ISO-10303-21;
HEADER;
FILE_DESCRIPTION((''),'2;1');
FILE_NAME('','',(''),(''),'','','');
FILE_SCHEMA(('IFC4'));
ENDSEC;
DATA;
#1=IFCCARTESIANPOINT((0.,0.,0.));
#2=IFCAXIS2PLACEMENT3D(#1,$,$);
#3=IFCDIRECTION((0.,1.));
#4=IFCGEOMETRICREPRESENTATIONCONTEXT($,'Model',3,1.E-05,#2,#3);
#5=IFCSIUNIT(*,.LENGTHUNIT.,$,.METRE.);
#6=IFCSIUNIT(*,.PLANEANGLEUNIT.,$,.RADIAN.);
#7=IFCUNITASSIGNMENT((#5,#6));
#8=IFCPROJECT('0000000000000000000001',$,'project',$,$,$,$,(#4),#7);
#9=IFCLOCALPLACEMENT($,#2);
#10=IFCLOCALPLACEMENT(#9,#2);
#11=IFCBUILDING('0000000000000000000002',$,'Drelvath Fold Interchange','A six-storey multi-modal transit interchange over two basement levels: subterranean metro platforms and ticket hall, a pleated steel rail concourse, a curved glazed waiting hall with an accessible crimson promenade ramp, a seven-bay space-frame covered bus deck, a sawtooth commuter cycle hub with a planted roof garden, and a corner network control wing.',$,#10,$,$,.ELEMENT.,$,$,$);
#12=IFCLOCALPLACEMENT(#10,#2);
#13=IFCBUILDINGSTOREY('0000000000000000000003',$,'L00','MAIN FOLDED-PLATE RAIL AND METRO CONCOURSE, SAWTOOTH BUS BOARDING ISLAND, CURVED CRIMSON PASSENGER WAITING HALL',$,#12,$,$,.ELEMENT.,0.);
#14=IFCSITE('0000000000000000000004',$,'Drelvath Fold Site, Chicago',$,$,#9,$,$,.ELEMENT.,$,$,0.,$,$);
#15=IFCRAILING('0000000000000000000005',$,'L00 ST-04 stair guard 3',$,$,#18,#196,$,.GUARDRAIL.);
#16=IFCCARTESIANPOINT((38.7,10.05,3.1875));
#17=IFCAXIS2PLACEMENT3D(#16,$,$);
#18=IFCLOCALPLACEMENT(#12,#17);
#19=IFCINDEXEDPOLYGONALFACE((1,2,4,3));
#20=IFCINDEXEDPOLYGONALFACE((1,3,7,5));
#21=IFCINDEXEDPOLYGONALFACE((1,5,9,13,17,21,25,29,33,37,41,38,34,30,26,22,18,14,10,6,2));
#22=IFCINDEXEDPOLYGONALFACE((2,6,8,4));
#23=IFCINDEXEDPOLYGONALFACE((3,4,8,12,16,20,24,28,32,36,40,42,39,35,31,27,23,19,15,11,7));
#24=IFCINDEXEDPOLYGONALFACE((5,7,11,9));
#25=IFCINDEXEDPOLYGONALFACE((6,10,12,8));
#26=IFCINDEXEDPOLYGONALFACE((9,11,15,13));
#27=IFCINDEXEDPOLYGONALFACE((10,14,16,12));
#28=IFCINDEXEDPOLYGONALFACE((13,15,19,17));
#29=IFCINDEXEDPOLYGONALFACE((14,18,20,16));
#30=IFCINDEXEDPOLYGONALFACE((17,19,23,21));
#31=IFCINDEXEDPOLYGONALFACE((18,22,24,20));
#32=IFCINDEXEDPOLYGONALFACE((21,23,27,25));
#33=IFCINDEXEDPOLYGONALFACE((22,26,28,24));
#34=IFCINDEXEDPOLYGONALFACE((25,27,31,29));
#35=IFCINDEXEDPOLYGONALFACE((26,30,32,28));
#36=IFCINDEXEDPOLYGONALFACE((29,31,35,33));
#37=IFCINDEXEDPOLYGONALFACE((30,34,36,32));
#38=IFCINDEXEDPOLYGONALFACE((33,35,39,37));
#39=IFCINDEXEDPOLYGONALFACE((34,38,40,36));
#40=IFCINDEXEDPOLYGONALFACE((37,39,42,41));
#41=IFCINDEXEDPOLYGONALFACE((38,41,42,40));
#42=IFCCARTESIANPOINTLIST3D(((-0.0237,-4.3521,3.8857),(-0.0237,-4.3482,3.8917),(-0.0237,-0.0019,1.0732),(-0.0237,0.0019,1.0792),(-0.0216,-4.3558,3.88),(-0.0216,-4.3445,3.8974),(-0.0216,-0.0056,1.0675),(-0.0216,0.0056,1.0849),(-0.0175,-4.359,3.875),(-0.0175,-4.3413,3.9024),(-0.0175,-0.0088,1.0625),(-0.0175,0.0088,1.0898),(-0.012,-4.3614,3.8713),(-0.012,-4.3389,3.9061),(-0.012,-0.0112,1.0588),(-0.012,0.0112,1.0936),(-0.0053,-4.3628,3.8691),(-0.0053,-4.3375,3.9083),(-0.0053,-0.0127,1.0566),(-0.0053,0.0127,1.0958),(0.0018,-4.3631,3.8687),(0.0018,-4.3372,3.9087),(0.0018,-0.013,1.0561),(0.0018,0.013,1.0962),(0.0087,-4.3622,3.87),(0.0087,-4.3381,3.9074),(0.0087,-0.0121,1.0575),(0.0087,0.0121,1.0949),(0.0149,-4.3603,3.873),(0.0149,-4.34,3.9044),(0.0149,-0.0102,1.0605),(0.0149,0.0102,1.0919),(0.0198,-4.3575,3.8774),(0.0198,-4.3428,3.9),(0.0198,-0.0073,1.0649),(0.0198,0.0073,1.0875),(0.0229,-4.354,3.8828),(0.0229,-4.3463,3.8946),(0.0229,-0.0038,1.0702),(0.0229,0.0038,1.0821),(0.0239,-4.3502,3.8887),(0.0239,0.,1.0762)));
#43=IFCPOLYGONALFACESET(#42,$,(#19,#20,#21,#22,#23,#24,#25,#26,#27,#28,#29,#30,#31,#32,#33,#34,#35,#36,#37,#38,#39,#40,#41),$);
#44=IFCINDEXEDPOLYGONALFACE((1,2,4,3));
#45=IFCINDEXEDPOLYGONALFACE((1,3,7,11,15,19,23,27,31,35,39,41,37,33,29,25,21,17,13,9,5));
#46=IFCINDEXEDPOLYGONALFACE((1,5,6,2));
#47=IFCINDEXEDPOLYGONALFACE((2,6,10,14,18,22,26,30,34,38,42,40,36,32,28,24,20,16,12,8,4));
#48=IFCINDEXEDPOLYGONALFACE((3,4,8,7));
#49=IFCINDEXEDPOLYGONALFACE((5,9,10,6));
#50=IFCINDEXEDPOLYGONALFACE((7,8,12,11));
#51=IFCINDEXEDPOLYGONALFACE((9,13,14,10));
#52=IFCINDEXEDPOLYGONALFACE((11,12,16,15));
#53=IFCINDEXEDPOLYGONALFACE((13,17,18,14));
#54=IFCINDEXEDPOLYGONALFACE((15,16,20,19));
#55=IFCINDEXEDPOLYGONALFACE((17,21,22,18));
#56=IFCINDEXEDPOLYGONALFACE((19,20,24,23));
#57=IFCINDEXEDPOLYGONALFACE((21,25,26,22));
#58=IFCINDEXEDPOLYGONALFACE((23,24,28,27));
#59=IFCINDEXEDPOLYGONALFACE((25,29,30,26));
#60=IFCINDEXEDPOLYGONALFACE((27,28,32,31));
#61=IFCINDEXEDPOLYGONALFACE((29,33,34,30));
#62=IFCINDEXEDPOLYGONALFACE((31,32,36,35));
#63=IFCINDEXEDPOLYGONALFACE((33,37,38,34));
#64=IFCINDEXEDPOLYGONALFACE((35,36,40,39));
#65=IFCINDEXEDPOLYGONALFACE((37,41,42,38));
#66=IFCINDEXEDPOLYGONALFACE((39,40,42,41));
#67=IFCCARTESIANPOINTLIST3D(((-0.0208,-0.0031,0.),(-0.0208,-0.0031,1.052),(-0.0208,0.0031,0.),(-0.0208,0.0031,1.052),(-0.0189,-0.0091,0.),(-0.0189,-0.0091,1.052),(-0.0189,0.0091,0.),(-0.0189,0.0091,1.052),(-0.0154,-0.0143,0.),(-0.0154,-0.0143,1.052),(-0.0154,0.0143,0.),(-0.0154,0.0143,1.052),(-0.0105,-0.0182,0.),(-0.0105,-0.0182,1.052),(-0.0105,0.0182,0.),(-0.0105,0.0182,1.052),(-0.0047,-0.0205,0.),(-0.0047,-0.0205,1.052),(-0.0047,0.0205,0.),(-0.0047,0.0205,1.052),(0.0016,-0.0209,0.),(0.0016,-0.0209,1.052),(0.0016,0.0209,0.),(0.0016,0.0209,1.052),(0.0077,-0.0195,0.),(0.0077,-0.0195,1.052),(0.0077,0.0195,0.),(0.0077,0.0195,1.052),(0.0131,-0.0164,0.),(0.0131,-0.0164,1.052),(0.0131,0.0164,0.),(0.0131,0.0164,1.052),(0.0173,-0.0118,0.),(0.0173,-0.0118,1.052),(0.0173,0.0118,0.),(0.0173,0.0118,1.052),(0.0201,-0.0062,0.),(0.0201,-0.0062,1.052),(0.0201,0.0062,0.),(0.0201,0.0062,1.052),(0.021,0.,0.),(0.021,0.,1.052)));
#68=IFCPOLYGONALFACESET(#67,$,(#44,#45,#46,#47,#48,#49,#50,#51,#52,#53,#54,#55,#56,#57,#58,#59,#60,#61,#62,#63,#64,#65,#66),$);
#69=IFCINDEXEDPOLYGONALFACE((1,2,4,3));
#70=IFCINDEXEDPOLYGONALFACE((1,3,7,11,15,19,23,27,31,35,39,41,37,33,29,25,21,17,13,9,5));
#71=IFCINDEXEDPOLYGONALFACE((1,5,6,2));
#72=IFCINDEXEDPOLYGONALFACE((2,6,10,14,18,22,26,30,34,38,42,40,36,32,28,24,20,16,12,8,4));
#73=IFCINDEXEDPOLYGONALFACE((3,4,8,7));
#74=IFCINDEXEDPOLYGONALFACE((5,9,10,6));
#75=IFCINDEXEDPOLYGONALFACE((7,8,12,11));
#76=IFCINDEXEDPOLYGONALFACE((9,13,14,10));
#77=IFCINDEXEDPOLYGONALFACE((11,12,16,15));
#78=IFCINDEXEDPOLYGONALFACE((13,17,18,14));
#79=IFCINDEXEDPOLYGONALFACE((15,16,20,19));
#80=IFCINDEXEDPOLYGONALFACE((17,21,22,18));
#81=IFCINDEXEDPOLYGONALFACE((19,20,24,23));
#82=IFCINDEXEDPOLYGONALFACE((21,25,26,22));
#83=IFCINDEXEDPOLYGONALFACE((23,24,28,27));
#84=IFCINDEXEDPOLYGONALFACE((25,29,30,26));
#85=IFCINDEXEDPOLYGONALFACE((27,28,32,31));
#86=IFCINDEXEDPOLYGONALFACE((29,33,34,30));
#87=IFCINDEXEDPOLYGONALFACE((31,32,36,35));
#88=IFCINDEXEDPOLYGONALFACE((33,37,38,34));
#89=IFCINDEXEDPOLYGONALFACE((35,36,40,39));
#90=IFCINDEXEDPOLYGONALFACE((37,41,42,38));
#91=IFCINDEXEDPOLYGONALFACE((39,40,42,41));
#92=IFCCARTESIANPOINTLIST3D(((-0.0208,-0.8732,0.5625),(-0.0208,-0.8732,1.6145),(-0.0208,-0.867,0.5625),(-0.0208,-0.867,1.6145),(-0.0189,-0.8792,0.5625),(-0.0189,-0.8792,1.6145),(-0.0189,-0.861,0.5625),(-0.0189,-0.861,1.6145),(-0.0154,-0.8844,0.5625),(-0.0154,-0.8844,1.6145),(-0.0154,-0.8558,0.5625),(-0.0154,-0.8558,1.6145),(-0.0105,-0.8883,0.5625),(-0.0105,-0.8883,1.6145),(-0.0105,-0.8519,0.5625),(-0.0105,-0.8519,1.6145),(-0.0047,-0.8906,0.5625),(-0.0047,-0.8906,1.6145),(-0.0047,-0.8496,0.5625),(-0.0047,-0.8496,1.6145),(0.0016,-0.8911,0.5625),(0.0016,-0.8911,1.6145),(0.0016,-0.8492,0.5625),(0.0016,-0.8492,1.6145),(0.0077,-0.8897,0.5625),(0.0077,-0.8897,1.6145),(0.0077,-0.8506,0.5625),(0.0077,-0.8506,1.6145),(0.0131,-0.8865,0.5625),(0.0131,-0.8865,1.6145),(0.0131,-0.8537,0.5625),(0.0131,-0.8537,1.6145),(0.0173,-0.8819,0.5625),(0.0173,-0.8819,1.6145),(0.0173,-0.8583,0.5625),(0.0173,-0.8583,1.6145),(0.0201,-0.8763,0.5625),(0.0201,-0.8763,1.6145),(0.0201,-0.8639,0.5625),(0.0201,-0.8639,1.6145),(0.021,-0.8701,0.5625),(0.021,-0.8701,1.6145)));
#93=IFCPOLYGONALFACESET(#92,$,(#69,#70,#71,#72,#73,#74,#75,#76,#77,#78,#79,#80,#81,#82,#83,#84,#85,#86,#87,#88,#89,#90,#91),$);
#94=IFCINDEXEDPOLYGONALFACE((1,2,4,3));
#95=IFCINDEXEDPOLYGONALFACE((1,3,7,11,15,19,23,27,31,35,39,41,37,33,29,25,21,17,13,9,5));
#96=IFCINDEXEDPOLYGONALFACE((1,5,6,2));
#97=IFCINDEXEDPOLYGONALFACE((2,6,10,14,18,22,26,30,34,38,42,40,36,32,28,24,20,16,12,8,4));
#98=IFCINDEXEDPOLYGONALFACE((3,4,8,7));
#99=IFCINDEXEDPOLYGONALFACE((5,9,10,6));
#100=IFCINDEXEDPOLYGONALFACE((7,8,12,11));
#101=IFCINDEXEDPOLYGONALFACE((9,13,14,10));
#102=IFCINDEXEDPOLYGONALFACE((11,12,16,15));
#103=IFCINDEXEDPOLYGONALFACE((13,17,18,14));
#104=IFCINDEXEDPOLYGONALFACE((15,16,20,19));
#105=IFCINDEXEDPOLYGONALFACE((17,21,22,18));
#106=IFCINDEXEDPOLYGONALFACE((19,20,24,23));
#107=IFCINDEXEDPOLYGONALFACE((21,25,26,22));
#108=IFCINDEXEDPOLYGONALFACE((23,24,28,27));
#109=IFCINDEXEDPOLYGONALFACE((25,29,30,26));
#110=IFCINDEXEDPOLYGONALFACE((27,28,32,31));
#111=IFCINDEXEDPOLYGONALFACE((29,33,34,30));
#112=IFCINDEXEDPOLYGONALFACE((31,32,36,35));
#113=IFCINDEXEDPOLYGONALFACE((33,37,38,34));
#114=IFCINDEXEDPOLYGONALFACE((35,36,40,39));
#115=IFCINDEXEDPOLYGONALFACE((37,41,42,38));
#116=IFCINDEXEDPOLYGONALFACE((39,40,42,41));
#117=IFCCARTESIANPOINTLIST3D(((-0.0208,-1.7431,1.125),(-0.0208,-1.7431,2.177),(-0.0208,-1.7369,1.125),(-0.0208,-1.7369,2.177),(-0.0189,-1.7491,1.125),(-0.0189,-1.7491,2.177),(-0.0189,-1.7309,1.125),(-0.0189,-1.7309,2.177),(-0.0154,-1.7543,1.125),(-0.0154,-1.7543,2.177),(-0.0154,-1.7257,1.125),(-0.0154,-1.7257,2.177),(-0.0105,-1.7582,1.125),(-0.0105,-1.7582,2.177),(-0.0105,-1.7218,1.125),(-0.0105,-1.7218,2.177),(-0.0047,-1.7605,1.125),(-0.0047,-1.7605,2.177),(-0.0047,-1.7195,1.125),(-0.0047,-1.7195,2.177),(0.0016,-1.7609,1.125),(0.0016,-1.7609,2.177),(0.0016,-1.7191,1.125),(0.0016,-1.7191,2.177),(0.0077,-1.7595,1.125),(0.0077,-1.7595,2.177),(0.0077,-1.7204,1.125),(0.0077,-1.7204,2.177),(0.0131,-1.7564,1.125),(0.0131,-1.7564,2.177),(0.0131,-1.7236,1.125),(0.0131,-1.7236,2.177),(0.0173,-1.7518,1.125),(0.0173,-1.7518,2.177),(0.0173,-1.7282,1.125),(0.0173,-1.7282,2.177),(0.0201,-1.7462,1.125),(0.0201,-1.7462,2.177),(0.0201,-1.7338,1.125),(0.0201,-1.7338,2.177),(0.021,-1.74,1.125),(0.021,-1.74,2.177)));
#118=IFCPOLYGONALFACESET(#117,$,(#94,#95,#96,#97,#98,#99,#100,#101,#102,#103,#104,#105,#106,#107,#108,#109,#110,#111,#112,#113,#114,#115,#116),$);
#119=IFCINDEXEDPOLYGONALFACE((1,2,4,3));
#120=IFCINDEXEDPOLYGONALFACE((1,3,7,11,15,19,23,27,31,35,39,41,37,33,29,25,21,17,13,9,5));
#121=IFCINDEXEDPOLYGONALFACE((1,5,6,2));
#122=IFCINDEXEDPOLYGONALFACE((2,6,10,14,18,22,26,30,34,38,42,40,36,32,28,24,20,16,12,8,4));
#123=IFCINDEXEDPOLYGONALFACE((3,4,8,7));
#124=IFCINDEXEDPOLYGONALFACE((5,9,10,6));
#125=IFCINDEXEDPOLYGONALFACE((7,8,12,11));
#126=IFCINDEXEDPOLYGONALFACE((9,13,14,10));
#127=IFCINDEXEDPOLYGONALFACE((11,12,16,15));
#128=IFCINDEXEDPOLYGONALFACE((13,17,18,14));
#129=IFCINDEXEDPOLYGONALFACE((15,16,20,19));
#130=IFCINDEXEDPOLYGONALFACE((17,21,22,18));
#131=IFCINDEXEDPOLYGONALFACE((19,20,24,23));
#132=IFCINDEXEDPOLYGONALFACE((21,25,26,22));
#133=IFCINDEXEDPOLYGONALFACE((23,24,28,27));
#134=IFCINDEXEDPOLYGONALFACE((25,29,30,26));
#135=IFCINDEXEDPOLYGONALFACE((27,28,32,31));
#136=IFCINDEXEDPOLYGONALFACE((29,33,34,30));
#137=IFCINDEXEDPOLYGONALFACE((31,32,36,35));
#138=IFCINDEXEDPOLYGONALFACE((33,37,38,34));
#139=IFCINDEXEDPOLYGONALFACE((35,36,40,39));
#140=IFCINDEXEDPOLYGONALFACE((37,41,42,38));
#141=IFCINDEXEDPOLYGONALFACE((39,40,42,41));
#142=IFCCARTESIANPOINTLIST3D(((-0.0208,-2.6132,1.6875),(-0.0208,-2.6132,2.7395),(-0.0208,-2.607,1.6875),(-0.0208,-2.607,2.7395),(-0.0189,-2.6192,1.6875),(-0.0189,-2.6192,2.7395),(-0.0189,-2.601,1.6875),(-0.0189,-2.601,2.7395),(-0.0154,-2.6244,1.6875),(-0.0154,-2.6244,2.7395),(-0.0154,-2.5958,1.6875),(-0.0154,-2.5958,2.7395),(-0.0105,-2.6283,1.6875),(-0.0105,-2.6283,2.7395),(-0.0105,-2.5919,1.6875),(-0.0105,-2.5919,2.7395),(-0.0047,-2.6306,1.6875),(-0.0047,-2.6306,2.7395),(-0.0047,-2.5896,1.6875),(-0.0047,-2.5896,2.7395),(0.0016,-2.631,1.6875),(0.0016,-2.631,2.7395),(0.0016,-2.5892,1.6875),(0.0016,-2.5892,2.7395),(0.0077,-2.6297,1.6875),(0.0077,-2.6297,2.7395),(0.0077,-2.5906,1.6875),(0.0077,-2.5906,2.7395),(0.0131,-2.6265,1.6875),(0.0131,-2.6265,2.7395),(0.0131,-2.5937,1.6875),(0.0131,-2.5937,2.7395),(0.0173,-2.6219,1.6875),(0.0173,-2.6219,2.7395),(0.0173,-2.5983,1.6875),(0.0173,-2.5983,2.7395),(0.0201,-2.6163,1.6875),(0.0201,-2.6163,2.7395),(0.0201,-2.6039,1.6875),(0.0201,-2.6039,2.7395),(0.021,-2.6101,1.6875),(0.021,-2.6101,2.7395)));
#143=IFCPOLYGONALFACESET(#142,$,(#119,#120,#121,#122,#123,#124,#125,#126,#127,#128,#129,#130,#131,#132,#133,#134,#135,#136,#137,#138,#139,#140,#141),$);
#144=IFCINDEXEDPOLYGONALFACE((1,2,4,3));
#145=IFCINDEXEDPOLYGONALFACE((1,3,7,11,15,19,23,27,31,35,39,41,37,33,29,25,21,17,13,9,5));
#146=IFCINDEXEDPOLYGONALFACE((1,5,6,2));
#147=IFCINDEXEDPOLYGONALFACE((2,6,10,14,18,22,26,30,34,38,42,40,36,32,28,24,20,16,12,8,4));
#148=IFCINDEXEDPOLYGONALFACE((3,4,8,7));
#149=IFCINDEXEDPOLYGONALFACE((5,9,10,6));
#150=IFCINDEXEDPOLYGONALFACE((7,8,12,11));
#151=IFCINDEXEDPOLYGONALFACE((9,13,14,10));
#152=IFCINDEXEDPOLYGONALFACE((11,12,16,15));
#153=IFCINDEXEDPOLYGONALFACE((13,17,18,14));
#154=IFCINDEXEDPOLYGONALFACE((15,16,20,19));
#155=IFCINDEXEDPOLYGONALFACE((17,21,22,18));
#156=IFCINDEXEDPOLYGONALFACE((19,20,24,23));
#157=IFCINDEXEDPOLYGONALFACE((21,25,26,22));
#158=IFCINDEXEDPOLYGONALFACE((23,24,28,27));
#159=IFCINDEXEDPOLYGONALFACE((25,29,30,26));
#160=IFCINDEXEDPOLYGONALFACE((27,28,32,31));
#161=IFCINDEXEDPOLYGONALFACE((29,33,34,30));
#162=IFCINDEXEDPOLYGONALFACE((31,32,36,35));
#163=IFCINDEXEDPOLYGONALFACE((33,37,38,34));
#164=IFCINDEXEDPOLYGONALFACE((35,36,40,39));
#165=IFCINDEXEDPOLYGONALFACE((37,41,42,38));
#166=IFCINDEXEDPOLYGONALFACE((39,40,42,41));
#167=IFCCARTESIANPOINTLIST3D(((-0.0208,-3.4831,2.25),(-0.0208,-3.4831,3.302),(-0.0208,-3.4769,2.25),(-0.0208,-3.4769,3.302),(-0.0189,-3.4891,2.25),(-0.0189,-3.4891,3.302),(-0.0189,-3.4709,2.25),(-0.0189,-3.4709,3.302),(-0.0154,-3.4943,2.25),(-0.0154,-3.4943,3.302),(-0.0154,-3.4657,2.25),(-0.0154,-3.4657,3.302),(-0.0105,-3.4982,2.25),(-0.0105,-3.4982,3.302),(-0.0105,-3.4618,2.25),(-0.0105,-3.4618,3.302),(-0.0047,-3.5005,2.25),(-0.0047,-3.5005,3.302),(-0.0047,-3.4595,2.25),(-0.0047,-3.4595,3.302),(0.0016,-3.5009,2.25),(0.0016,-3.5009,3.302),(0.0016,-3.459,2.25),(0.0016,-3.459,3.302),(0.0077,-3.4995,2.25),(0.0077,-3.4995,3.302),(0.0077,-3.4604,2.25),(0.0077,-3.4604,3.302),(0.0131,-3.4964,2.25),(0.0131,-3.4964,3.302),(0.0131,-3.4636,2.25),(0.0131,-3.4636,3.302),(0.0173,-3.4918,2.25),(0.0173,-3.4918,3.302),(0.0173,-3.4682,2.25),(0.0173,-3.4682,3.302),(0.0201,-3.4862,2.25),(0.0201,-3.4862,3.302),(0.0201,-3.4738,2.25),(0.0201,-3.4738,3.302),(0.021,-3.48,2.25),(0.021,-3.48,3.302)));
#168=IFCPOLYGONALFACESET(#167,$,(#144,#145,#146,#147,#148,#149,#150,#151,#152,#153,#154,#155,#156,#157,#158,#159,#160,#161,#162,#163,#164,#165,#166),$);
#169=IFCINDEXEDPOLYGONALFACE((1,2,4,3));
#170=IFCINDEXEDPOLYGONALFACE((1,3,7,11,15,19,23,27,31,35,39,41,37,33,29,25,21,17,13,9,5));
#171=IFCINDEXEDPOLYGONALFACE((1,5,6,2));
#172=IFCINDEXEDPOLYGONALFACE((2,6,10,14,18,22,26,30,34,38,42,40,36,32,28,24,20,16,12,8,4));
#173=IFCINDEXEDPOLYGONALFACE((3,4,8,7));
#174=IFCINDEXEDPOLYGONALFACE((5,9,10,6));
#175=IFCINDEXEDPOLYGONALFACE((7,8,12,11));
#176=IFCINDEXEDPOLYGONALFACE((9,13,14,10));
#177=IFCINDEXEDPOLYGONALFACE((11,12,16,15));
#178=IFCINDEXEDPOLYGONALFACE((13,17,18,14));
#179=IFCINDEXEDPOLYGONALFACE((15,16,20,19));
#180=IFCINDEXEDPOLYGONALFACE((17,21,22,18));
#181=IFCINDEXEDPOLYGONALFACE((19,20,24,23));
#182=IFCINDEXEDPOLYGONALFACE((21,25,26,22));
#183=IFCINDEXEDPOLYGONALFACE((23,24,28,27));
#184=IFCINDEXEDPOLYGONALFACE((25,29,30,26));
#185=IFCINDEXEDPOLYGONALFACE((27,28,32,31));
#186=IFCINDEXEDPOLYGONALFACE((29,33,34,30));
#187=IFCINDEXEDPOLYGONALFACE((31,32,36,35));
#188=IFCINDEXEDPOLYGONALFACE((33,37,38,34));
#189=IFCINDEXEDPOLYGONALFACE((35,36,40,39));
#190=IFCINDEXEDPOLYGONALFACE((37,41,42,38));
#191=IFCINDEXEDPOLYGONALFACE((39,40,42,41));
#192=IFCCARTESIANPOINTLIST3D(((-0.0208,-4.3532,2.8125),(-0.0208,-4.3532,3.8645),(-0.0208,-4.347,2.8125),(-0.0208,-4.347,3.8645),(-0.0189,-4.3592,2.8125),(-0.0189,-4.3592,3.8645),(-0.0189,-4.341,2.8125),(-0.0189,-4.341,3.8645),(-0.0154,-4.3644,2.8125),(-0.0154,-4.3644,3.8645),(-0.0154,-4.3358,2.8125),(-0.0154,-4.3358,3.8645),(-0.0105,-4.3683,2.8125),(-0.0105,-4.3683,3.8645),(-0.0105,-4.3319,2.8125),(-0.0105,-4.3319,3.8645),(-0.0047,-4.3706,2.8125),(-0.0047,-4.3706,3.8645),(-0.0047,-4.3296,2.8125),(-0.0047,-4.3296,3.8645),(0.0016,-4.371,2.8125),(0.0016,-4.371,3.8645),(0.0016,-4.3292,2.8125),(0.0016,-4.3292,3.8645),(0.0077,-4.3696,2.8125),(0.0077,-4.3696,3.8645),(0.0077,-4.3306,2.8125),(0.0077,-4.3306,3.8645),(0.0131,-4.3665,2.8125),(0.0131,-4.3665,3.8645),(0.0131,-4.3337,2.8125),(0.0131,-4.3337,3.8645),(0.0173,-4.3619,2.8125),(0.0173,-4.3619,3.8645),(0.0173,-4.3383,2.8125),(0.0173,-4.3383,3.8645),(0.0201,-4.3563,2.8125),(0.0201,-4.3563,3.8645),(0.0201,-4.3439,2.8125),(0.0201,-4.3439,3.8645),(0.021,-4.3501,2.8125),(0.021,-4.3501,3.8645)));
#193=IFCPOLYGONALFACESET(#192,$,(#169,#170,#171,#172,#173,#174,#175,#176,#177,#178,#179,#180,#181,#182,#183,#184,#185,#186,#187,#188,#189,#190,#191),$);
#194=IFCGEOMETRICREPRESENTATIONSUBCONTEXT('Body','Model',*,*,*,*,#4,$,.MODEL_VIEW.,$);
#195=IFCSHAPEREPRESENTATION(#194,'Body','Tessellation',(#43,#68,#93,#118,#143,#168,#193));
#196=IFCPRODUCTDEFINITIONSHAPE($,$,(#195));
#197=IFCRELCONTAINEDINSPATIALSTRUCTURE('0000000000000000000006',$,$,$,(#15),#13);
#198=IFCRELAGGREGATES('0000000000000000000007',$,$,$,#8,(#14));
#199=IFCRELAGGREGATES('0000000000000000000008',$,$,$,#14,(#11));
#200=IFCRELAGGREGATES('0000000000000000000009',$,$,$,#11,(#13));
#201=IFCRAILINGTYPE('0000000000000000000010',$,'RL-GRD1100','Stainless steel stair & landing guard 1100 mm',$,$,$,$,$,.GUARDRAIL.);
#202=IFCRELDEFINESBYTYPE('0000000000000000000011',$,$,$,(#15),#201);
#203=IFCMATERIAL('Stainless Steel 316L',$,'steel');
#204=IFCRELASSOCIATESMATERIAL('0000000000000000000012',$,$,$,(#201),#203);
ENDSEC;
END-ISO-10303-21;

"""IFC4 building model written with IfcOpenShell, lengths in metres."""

from ifc_helpers import new_model, si_unit, direction, frame, origin, origin_2d, place, context, subcontext, project, spatial, circle, extrude, material, type_object, element, save


model = new_model("IFC4")

# Units and contexts
model_context = context("Model", 3, precision=1e-05, world=origin(), true_north=direction((0.0, 1.0)))
body_context = subcontext(model_context, "Body", "Model", "MODEL_VIEW")
ifc_project = project(units=[si_unit("LENGTHUNIT", "METRE"), si_unit("PLANEANGLEUNIT", "RADIAN")], contexts=[model_context])

# Site, building, storey
site_placement = place(None, origin())
site = spatial("IfcSite", under=ifc_project, at=site_placement, Name="Drelvath Fold Site, Chicago", CompositionType="ELEMENT", RefElevation=0.0)
building_placement = place(site_placement, origin())
building = spatial("IfcBuilding", under=site, at=building_placement, Name="Drelvath Fold Interchange", Description="A six-storey multi-modal transit interchange over two basement levels: subterranean metro platforms and ticket hall, a pleated steel rail concourse, a curved glazed waiting hall with an accessible crimson promenade ramp, a seven-bay space-frame covered bus deck, a sawtooth commuter cycle hub with a planted roof garden, and a corner network control wing.", CompositionType="ELEMENT")
storey_placement = place(building_placement, origin())
storey = spatial("IfcBuildingStorey", under=building, at=storey_placement, Name="L00", Description="MAIN FOLDED-PLATE RAIL AND METRO CONCOURSE, SAWTOOTH BUS BOARDING ISLAND, CURVED CRIMSON PASSENGER WAITING HALL", CompositionType="ELEMENT", Elevation=0.0)

# Railing
ifc_material_1 = material(Name="Stainless Steel 316L", Category="steel")
railing_type = type_object("IfcRailingType", Name="RL-GRD1100", Description="Stainless steel stair & landing guard 1100 mm", PredefinedType="GUARDRAIL", material=ifc_material_1)
railing_1_placement = place(storey_placement, frame((38.7, 10.05, 3.1875)))
element("IfcRailing", 1, at=railing_1_placement, inside=storey, type_object=railing_type, Name="L00 ST-04 stair guard 3", PredefinedType="GUARDRAIL", context=body_context, shape_type="SweptSolid", body=[
    extrude(circle(Radius=0.0239, at=origin_2d()), frame((0.0, 0.0, 1.0762), z_axis=(0.0, -0.83977, 0.542942), x_axis=(1.0, 0.0, 0.0)), (0.0, 0.0, 1.0), 5.1802),
    extrude(circle(Radius=0.021, at=origin_2d()), origin(), (0.0, 0.0, 1.0), 1.052),
    extrude(circle(Radius=0.021, at=origin_2d()), frame((0.0, -0.8701, 0.5625)), (0.0, 0.0, 1.0), 1.052),
    extrude(circle(Radius=0.021, at=origin_2d()), frame((0.0, -1.74, 1.125)), (0.0, 0.0, 1.0), 1.052),
    extrude(circle(Radius=0.021, at=origin_2d()), frame((0.0, -2.6101, 1.6875)), (0.0, 0.0, 1.0), 1.052),
    extrude(circle(Radius=0.021, at=origin_2d()), frame((0.0, -3.48, 2.25)), (0.0, 0.0, 1.0), 1.052),
    extrude(circle(Radius=0.021, at=origin_2d()), frame((0.0, -4.3501, 2.8125)), (0.0, 0.0, 1.0), 1.052),
])

save(model, "model.ifc")
